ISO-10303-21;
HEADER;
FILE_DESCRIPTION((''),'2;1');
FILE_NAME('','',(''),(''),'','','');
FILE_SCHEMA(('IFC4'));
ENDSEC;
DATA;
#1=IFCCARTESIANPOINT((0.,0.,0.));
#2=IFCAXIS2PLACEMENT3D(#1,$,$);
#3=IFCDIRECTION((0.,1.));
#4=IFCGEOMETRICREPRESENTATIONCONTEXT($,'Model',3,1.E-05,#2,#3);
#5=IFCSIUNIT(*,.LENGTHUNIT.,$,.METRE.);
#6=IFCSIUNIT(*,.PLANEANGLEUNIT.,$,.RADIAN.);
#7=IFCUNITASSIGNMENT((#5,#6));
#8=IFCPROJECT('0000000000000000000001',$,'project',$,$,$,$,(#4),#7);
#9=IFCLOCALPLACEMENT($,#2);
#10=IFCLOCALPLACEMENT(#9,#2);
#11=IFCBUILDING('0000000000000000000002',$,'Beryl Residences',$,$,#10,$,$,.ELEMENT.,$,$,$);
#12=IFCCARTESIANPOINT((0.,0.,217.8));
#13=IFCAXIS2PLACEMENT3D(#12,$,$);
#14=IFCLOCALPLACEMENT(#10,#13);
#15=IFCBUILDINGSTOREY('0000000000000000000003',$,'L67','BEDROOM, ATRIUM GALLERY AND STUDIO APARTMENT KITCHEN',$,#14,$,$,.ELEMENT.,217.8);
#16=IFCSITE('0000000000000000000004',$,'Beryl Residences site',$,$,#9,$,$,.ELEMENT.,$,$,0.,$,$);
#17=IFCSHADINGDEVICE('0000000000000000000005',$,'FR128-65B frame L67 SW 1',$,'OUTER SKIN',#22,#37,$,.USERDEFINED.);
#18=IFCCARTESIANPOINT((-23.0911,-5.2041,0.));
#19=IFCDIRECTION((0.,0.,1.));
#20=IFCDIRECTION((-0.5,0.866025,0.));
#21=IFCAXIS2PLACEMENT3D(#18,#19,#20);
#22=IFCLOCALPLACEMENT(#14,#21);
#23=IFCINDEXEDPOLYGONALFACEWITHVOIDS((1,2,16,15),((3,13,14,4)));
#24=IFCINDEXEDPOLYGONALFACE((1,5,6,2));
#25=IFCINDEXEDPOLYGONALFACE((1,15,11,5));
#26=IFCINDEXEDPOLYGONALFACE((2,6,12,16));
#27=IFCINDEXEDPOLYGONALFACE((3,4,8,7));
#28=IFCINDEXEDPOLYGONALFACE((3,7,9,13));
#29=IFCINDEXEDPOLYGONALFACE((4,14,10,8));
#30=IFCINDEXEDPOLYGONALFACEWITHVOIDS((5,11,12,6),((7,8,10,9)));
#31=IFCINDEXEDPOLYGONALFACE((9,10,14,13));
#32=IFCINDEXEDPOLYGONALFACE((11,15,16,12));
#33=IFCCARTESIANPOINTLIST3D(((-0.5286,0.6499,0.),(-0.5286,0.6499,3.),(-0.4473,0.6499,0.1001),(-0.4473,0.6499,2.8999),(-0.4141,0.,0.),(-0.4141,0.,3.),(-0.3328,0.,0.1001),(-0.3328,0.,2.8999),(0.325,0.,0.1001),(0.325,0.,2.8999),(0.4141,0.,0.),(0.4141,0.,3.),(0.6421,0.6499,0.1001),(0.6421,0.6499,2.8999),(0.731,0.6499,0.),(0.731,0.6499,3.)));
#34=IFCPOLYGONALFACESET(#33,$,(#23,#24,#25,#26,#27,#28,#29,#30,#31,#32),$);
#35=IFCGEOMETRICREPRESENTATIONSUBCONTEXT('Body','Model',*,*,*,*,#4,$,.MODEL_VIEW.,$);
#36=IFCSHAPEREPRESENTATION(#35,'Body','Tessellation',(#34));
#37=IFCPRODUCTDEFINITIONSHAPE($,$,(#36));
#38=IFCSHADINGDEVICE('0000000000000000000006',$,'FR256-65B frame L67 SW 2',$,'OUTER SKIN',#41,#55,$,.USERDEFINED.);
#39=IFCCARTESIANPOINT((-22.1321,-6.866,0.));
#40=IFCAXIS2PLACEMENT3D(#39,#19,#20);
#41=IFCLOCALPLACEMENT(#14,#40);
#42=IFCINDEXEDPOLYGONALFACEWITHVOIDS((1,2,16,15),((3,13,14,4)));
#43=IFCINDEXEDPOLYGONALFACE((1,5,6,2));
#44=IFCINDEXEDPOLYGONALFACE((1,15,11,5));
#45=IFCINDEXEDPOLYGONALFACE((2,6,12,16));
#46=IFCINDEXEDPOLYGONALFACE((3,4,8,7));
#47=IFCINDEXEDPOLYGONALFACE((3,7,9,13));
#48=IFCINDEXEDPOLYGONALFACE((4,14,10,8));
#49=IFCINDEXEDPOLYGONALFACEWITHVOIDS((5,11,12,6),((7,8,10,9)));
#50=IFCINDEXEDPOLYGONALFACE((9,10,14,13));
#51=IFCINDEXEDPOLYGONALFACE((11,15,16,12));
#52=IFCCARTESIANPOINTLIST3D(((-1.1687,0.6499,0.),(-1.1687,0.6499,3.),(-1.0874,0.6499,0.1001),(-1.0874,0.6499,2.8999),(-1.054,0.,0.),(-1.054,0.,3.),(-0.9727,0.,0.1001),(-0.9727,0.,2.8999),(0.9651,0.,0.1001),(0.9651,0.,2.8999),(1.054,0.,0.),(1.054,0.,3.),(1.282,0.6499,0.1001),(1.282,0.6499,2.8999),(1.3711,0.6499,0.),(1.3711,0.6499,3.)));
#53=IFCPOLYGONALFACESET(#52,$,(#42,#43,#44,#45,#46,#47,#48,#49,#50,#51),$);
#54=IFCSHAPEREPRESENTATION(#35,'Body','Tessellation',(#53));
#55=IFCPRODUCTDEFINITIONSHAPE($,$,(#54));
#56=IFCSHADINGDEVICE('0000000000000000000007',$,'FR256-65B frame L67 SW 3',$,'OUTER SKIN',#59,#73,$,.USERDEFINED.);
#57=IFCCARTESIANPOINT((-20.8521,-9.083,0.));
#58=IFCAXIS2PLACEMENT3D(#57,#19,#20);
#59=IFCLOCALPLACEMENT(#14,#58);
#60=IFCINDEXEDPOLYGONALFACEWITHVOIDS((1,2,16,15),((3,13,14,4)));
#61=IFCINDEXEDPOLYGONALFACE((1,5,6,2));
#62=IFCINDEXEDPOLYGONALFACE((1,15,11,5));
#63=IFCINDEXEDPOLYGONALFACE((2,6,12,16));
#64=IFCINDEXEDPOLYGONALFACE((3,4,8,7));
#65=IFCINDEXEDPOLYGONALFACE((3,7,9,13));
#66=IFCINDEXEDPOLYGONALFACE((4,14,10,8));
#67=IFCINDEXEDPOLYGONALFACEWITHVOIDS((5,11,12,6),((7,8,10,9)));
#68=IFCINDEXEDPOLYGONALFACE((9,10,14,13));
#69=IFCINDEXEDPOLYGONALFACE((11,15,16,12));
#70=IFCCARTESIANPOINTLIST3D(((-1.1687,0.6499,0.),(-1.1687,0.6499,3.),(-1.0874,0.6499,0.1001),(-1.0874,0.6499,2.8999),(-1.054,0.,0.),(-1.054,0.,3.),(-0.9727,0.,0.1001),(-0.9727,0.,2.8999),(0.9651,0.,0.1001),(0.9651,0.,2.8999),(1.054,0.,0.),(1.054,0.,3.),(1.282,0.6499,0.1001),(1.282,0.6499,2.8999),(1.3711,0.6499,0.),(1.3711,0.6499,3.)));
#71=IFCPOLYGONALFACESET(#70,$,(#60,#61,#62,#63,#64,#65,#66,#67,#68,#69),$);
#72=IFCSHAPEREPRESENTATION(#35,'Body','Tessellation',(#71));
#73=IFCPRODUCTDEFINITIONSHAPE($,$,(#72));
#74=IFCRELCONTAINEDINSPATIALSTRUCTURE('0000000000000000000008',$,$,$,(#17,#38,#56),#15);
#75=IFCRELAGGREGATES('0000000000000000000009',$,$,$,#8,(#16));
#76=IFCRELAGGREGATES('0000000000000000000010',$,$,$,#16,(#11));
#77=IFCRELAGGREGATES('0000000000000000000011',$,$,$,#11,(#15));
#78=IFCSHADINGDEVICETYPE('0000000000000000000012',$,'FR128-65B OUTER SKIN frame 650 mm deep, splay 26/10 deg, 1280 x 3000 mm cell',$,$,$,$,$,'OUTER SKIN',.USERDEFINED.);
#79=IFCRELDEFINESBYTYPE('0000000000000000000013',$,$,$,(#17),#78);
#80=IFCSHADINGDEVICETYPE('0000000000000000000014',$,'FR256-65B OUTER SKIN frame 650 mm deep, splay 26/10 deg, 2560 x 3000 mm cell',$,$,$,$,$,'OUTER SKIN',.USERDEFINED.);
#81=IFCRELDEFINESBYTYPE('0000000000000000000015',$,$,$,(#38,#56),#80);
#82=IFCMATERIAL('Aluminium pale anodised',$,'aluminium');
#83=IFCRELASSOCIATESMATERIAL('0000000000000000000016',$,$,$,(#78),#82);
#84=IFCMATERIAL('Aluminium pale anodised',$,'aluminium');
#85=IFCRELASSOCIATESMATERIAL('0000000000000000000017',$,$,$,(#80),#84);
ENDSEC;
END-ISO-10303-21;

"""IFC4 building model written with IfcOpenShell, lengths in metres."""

from ifc_helpers import new_model, entity, si_unit, direction, frame, origin, place, context, subcontext, project, spatial, source, transform, mapped, material, type_object, type_shapes, element, save


model = new_model("IFC4")

# Units and contexts
model_context = context("Model", 3, precision=1e-05, world=origin(), true_north=direction((0.0, 1.0)))
body_context = subcontext(model_context, "Body", "Model", "MODEL_VIEW")
ifc_project = project(units=[si_unit("LENGTHUNIT", "METRE"), si_unit("PLANEANGLEUNIT", "RADIAN")], contexts=[model_context])

# Site, building, storey
site_placement = place(None, origin())
site = spatial("IfcSite", under=ifc_project, at=site_placement, Name="Beryl Residences site", CompositionType="ELEMENT", RefElevation=0.0)
building_placement = place(site_placement, origin())
building = spatial("IfcBuilding", under=site, at=building_placement, Name="Beryl Residences", CompositionType="ELEMENT")
storey_placement = place(building_placement, frame((0.0, 0.0, 217.8)))
storey = spatial("IfcBuildingStorey", under=building, at=storey_placement, Name="L67", Description="BEDROOM, ATRIUM GALLERY AND STUDIO APARTMENT KITCHEN", CompositionType="ELEMENT", Elevation=217.8)

# Shading devices
ifc_material_1 = material(Name="Aluminium pale anodised", Category="aluminium")
shading_device_type_1 = type_object("IfcShadingDeviceType", Name="FR128-65B OUTER SKIN frame 650 mm deep, splay 26/10 deg, 1280 x 3000 mm cell", ElementType="OUTER SKIN", PredefinedType="USERDEFINED", material=ifc_material_1)
cartesian_point_1 = entity("IfcCartesianPoint", [-0.4141, 0.0])
cartesian_point_2 = entity("IfcCartesianPoint", [-0.325, 0.1001])
cartesian_point_3 = entity("IfcCartesianPoint", [-0.731, 0.0])
cartesian_point_4 = entity("IfcCartesianPoint", [-0.6421, 0.1001])
shared_shape_1 = source(origin(), body_context, "Body", "SweptSolid", [
    entity("IfcExtrudedAreaSolidTapered", entity("IfcArbitraryProfileDefWithVoids", "AREA", None, entity("IfcPolyline", [cartesian_point_1, entity("IfcCartesianPoint", [0.4141, 0.0]), entity("IfcCartesianPoint", [0.4141, 3.0]), entity("IfcCartesianPoint", [-0.4141, 3.0]), cartesian_point_1]), [entity("IfcPolyline", [cartesian_point_2, entity("IfcCartesianPoint", [0.3328, 0.1001]), entity("IfcCartesianPoint", [0.3328, 2.8999]), entity("IfcCartesianPoint", [-0.325, 2.8999]), cartesian_point_2])]), entity("IfcAxis2Placement3D", entity("IfcCartesianPoint", [0.0, 0.0, 0.0]), entity("IfcDirection", [0.0, 1.0, 0.0]), entity("IfcDirection", [-1.0, 0.0, 0.0])), entity("IfcDirection", [0.0, 0.0, 1.0]), 0.6499, entity("IfcArbitraryProfileDefWithVoids", "AREA", None, entity("IfcPolyline", [cartesian_point_3, entity("IfcCartesianPoint", [0.5286, 0.0]), entity("IfcCartesianPoint", [0.5286, 3.0]), entity("IfcCartesianPoint", [-0.731, 3.0]), cartesian_point_3]), [entity("IfcPolyline", [cartesian_point_4, entity("IfcCartesianPoint", [0.4473, 0.1001]), entity("IfcCartesianPoint", [0.4473, 2.8999]), entity("IfcCartesianPoint", [-0.6421, 2.8999]), cartesian_point_4])])),
])
type_shapes(shading_device_type_1, [shared_shape_1])
shading_device_placement = place(storey_placement, frame((-23.0911, -5.2041, 0.0), z_axis=(0.0, 0.0, 1.0), x_axis=(-0.5, 0.866025, 0.0)))
element("IfcShadingDevice", 1, at=shading_device_placement, inside=storey, type_object=shading_device_type_1, Name="FR128-65B frame L67 SW 1", ObjectType="OUTER SKIN", PredefinedType="USERDEFINED", context=body_context, shape_type="MappedRepresentation", body=[
    mapped(shared_shape_1, transform((0.0, 0.0, 0.0))),
])
ifc_material_2 = material(Name="Aluminium pale anodised", Category="aluminium")
shading_device_type_2 = type_object("IfcShadingDeviceType", Name="FR256-65B OUTER SKIN frame 650 mm deep, splay 26/10 deg, 2560 x 3000 mm cell", ElementType="OUTER SKIN", PredefinedType="USERDEFINED", material=ifc_material_2)
cartesian_point_5 = entity("IfcCartesianPoint", [-1.054, 0.0])
cartesian_point_6 = entity("IfcCartesianPoint", [-0.9651, 0.1001])
cartesian_point_7 = entity("IfcCartesianPoint", [-1.3711, 0.0])
cartesian_point_8 = entity("IfcCartesianPoint", [-1.282, 0.1001])
shared_shape_2 = source(origin(), body_context, "Body", "SweptSolid", [
    entity("IfcExtrudedAreaSolidTapered", entity("IfcArbitraryProfileDefWithVoids", "AREA", None, entity("IfcPolyline", [cartesian_point_5, entity("IfcCartesianPoint", [1.054, 0.0]), entity("IfcCartesianPoint", [1.054, 3.0]), entity("IfcCartesianPoint", [-1.054, 3.0]), cartesian_point_5]), [entity("IfcPolyline", [cartesian_point_6, entity("IfcCartesianPoint", [0.9727, 0.1001]), entity("IfcCartesianPoint", [0.9727, 2.8999]), entity("IfcCartesianPoint", [-0.9651, 2.8999]), cartesian_point_6])]), entity("IfcAxis2Placement3D", entity("IfcCartesianPoint", [0.0, 0.0, 0.0]), entity("IfcDirection", [0.0, 1.0, 0.0]), entity("IfcDirection", [-1.0, 0.0, 0.0])), entity("IfcDirection", [0.0, 0.0, 1.0]), 0.6499, entity("IfcArbitraryProfileDefWithVoids", "AREA", None, entity("IfcPolyline", [cartesian_point_7, entity("IfcCartesianPoint", [1.1687, 0.0]), entity("IfcCartesianPoint", [1.1687, 3.0]), entity("IfcCartesianPoint", [-1.3711, 3.0]), cartesian_point_7]), [entity("IfcPolyline", [cartesian_point_8, entity("IfcCartesianPoint", [1.0874, 0.1001]), entity("IfcCartesianPoint", [1.0874, 2.8999]), entity("IfcCartesianPoint", [-1.282, 2.8999]), cartesian_point_8])])),
])
type_shapes(shading_device_type_2, [shared_shape_2])
for number, where, z_axis, x_axis, name in (
    (2, (-22.1321, -6.866, 0.0), (0.0, 0.0, 1.0), (-0.5, 0.866025, 0.0), "FR256-65B frame L67 SW 2"),
    (3, (-20.8521, -9.083, 0.0), (0.0, 0.0, 1.0), (-0.5, 0.866025, 0.0), "FR256-65B frame L67 SW 3"),
):
    element("IfcShadingDevice", number, at=place(storey_placement, frame(where, z_axis=z_axis, x_axis=x_axis)), inside=storey, type_object=shading_device_type_2, Name=name, ObjectType="OUTER SKIN", PredefinedType="USERDEFINED", context=body_context, shape_type="MappedRepresentation", body=[
        mapped(shared_shape_2, transform((0.0, 0.0, 0.0))),
    ])

save(model, "model.ifc")
